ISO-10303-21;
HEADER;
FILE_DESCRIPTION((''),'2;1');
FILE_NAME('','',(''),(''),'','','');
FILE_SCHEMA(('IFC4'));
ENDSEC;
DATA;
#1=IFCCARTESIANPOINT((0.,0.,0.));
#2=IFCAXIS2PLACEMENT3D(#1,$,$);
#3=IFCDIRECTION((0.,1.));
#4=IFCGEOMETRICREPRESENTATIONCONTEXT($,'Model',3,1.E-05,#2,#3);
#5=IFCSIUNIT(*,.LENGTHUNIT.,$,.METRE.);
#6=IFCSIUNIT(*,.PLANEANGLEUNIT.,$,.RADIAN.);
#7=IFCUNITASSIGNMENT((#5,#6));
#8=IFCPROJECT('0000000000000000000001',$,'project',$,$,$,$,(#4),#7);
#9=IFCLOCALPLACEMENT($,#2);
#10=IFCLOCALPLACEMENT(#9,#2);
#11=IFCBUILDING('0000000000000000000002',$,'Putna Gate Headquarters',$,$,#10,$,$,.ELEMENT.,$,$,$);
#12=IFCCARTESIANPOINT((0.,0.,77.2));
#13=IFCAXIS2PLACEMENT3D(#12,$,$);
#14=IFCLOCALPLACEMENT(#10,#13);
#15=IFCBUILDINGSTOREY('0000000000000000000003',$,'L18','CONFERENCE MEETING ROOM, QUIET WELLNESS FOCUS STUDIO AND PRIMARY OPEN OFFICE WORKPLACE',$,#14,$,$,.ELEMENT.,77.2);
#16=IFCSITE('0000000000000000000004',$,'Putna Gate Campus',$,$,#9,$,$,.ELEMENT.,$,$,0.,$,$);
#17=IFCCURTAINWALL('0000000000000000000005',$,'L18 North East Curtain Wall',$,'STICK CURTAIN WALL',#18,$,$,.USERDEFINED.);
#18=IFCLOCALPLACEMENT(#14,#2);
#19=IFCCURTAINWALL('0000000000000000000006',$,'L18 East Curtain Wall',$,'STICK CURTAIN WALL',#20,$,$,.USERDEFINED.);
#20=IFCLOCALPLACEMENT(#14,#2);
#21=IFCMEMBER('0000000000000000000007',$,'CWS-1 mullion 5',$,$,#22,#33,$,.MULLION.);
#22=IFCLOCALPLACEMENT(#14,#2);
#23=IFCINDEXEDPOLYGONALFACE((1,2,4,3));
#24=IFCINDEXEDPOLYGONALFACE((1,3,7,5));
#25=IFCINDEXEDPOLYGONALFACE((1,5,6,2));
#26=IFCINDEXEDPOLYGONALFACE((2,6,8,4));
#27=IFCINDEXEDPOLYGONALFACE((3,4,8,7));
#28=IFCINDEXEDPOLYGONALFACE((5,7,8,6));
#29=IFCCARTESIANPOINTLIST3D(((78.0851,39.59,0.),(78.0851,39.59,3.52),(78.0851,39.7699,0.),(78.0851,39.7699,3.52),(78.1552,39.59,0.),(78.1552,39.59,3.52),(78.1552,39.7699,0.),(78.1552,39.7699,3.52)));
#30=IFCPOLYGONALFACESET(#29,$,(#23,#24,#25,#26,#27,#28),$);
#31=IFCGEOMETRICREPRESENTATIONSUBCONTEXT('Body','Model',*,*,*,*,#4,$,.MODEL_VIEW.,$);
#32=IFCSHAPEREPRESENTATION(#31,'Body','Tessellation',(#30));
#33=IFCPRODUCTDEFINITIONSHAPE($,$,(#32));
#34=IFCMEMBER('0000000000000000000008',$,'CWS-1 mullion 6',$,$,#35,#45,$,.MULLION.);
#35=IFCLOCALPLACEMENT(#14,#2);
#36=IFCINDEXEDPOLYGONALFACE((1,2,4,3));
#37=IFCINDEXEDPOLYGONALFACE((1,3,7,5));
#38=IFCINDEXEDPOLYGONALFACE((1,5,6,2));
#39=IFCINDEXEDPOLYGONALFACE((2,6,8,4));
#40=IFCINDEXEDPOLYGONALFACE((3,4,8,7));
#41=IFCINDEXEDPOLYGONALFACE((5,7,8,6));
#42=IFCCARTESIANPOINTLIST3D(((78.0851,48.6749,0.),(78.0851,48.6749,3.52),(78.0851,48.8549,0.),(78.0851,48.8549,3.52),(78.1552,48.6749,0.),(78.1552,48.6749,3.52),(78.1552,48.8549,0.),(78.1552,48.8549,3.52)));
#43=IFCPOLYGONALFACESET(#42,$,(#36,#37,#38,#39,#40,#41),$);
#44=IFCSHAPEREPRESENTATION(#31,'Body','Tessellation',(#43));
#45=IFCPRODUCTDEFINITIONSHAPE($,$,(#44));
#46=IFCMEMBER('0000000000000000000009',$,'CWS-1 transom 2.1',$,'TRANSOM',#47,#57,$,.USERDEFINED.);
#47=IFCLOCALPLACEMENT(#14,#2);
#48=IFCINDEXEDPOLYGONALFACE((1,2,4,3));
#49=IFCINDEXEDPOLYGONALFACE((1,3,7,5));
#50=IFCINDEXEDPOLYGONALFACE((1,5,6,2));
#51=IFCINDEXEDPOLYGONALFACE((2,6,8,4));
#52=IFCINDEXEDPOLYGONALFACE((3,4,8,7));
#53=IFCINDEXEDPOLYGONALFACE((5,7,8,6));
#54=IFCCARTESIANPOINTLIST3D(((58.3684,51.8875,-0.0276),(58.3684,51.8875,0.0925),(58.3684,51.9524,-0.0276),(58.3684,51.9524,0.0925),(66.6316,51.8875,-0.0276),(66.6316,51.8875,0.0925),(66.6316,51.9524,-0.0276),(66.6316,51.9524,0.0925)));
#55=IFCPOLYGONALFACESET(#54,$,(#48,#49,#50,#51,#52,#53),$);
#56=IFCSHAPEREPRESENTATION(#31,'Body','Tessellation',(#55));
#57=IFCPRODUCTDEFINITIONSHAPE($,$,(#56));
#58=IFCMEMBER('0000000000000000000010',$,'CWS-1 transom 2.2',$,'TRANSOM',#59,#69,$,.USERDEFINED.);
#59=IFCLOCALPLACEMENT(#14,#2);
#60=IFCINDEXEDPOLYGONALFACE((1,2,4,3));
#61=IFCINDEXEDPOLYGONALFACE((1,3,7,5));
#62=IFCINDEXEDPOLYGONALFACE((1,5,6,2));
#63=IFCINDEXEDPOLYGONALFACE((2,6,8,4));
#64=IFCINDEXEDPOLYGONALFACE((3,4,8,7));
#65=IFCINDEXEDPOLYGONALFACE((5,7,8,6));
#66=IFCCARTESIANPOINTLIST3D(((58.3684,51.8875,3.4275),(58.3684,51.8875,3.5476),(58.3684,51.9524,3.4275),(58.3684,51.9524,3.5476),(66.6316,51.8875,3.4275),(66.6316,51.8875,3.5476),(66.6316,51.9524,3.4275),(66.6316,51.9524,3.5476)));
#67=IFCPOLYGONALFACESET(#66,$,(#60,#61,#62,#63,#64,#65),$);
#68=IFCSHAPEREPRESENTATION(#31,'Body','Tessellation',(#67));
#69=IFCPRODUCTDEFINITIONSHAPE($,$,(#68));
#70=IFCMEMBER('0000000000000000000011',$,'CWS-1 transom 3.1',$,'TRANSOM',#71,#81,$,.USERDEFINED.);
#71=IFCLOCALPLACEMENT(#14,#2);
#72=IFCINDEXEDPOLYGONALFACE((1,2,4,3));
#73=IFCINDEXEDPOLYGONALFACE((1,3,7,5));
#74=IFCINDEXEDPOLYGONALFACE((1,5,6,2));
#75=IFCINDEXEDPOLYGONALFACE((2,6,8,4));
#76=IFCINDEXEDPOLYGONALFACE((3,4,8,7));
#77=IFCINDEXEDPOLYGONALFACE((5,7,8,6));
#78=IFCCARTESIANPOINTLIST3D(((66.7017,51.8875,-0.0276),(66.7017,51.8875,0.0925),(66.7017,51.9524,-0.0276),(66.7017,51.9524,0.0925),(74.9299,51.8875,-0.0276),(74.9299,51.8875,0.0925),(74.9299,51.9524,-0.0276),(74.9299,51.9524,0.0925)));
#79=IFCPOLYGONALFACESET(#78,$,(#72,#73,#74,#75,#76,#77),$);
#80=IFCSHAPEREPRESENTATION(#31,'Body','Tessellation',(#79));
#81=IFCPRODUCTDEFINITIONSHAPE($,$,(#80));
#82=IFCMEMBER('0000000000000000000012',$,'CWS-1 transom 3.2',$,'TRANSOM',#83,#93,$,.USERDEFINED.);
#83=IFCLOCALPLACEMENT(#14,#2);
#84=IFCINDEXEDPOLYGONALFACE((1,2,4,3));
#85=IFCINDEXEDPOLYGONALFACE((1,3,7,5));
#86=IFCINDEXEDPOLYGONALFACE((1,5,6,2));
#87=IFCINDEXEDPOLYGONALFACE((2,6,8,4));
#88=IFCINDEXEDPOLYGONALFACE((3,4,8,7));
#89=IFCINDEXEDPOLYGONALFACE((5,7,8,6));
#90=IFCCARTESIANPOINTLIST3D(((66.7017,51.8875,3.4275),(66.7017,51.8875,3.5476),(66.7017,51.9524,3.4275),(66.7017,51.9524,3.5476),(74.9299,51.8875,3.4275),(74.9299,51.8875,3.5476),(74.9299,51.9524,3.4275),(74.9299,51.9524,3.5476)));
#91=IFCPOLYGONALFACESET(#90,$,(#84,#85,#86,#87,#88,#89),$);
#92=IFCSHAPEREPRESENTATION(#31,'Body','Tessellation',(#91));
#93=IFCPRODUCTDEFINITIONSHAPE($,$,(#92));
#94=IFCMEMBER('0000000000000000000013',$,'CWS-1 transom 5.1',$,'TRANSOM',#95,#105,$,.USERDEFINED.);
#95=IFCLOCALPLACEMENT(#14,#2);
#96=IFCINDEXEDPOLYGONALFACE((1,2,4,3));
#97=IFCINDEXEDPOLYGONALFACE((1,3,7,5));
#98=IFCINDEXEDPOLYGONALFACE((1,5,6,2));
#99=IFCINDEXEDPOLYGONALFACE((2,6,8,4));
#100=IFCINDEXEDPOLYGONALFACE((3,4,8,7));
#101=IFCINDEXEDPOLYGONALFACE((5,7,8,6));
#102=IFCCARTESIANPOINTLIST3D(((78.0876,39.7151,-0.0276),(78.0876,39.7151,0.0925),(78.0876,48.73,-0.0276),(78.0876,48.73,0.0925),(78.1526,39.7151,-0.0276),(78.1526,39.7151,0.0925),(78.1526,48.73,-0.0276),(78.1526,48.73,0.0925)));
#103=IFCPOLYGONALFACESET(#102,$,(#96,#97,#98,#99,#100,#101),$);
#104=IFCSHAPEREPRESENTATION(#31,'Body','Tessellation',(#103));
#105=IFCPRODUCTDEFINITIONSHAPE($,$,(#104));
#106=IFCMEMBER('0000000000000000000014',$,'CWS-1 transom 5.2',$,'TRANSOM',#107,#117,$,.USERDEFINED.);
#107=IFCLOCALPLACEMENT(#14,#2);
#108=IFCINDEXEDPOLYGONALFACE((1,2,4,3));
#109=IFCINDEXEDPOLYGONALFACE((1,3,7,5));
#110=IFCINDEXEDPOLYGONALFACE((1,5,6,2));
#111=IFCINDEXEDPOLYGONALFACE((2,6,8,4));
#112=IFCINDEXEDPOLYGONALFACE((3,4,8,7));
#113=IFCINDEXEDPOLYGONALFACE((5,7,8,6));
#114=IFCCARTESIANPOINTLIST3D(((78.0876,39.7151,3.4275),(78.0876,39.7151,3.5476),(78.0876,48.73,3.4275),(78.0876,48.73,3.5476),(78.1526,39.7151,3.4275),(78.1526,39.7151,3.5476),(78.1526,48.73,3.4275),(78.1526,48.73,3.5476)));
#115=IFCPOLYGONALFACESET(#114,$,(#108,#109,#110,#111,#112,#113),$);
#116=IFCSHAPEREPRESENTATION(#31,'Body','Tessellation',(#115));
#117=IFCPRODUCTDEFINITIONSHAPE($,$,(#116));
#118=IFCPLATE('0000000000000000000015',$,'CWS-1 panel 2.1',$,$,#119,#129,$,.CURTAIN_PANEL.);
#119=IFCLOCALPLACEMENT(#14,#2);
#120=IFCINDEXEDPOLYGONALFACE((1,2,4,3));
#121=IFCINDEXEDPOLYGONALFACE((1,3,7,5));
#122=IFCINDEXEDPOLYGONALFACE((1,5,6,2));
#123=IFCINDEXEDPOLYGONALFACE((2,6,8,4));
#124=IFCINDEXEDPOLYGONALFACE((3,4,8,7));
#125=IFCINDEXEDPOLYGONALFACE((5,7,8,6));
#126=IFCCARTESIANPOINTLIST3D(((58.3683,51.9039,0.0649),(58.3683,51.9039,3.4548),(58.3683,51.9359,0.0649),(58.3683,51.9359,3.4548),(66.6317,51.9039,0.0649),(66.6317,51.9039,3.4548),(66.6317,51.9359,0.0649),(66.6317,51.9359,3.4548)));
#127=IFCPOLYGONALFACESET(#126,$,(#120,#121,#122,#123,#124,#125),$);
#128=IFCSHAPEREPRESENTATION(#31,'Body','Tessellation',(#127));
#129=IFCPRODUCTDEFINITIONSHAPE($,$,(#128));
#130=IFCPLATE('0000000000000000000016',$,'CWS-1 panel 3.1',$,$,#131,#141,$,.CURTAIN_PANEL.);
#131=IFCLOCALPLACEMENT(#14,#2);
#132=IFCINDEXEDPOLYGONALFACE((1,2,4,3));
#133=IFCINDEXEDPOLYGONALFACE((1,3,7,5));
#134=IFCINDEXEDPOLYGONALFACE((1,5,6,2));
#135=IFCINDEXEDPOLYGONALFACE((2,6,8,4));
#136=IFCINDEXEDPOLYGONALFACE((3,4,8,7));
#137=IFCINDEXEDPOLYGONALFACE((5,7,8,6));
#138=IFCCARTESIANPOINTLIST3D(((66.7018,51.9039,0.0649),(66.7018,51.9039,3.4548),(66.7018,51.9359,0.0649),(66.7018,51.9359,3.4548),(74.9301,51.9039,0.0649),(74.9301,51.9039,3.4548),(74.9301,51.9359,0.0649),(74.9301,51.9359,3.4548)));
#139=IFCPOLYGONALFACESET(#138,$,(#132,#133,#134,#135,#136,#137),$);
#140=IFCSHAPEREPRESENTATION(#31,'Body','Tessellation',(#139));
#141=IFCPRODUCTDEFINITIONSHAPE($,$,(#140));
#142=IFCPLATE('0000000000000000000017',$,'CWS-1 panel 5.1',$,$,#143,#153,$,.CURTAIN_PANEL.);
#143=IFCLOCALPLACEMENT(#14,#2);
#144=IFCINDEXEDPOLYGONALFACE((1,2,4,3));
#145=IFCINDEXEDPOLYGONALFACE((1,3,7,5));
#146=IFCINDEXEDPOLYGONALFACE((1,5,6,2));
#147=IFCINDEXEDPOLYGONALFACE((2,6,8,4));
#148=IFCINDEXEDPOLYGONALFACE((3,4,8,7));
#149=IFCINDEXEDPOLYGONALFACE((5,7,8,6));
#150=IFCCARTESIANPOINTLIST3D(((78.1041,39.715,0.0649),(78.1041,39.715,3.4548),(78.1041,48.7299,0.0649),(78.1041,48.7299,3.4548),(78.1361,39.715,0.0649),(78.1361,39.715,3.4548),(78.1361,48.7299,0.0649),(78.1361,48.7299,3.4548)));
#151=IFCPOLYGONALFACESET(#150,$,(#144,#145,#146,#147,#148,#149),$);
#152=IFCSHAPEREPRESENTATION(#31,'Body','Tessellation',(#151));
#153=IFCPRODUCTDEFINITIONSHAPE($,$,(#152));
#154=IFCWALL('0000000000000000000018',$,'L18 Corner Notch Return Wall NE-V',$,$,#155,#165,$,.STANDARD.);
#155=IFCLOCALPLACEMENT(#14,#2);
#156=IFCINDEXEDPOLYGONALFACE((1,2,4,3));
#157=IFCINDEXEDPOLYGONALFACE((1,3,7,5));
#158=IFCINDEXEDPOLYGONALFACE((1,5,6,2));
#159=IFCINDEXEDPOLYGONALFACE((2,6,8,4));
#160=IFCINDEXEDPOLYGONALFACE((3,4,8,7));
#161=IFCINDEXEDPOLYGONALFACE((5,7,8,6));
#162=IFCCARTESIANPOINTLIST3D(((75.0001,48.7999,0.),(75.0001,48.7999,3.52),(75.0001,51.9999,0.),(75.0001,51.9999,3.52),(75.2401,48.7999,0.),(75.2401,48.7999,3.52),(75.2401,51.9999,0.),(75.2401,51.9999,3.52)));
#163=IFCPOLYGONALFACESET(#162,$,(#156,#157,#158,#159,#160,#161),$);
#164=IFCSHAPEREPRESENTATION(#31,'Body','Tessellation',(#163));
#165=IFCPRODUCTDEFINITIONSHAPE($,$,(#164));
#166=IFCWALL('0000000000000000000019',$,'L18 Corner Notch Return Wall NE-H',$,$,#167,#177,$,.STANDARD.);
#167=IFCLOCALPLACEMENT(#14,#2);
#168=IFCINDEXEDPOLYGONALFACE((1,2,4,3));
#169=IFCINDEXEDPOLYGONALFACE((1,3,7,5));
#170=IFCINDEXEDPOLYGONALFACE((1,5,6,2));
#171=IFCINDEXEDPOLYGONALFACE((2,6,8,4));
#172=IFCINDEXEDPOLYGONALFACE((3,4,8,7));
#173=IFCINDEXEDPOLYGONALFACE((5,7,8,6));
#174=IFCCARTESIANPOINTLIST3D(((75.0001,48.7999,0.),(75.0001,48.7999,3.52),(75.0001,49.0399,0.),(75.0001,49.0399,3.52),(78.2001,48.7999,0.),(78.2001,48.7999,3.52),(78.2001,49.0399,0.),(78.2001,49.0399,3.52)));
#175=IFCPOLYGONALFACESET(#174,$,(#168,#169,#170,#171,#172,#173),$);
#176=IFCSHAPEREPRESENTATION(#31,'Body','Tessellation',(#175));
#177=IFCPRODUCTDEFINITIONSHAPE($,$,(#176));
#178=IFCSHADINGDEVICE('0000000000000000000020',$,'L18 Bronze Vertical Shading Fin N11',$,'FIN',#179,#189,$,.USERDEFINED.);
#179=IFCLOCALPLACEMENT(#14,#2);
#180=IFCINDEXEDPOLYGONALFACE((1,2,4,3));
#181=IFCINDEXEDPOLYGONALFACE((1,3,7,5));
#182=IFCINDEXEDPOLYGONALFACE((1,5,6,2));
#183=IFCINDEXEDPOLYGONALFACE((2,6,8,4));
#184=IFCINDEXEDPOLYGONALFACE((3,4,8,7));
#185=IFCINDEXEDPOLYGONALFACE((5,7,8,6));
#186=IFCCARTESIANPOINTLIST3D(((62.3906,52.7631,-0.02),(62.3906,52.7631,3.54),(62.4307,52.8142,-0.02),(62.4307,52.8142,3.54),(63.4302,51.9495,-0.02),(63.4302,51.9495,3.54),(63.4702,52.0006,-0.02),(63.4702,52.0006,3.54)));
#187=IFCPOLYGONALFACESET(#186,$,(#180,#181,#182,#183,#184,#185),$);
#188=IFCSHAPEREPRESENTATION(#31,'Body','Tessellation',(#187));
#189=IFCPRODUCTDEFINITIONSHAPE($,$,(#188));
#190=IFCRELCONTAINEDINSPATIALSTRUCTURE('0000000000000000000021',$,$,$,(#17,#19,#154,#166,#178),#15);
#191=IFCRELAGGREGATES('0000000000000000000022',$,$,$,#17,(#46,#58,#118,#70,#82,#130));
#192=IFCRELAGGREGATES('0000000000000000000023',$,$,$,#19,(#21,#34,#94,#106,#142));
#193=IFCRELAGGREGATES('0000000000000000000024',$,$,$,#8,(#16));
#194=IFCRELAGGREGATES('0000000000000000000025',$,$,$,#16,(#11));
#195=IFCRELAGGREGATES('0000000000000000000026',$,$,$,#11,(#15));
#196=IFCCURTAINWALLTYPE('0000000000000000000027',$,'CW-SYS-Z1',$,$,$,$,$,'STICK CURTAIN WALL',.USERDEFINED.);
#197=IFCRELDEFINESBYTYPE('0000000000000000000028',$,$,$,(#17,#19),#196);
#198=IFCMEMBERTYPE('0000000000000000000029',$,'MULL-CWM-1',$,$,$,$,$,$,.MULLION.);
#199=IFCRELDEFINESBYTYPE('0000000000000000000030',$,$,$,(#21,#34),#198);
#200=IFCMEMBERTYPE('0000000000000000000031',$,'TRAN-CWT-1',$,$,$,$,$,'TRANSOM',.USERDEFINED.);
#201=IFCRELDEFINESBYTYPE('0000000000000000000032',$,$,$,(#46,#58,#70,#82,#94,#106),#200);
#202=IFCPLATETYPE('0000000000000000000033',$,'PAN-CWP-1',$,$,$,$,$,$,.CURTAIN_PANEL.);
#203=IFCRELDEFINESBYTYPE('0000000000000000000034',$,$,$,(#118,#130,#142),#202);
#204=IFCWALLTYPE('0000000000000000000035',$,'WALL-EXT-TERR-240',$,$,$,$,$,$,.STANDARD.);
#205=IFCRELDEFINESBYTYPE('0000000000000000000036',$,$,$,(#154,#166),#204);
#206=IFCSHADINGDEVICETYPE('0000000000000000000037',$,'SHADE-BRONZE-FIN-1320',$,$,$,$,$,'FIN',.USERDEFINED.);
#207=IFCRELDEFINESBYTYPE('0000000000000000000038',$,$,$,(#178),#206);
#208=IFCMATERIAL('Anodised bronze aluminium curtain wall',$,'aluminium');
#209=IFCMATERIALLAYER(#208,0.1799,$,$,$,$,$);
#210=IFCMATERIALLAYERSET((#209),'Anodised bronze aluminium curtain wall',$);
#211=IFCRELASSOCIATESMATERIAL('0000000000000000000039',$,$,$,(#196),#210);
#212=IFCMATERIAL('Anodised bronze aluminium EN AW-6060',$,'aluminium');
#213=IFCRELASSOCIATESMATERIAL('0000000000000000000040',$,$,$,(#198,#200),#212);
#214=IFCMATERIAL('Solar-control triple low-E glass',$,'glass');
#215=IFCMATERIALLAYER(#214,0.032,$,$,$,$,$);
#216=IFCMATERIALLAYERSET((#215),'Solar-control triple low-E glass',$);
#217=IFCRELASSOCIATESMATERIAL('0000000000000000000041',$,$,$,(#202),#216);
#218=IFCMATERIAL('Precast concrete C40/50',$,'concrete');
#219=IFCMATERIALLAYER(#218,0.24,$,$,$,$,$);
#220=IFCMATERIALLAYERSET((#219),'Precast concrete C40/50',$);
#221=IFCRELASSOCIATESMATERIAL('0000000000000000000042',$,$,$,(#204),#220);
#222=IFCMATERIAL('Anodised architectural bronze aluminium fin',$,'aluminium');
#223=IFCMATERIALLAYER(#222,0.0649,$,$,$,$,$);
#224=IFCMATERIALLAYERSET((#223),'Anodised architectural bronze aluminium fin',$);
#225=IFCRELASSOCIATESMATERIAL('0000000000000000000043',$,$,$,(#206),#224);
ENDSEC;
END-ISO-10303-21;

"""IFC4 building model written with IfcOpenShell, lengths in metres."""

from ifc_helpers import new_model, si_unit, direction, frame, frame_2d, origin, origin_2d, place, context, subcontext, project, spatial, rectangle, extrude, material, layer, layer_set, material_profile, profile_set, type_object, element, aggregate, save


model = new_model("IFC4")

# Units and contexts
model_context = context("Model", 3, precision=1e-05, world=origin(), true_north=direction((0.0, 1.0)))
body_context = subcontext(model_context, "Body", "Model", "MODEL_VIEW")
ifc_project = project(units=[si_unit("LENGTHUNIT", "METRE"), si_unit("PLANEANGLEUNIT", "RADIAN")], contexts=[model_context])

# Site, building, storey
site_placement = place(None, origin())
site = spatial("IfcSite", under=ifc_project, at=site_placement, Name="Putna Gate Campus", CompositionType="ELEMENT", RefElevation=0.0)
building_placement = place(site_placement, origin())
building = spatial("IfcBuilding", under=site, at=building_placement, Name="Putna Gate Headquarters", CompositionType="ELEMENT")
storey_placement = place(building_placement, frame((0.0, 0.0, 77.2)))
storey = spatial("IfcBuildingStorey", under=building, at=storey_placement, Name="L18", Description="CONFERENCE MEETING ROOM, QUIET WELLNESS FOCUS STUDIO AND PRIMARY OPEN OFFICE WORKPLACE", CompositionType="ELEMENT", Elevation=77.2)

# Curtain walls, members
ifc_material_1 = material(Name="Anodised bronze aluminium curtain wall", Category="aluminium")
ifc_layer_1 = layer(ifc_material_1, 0.1799)
ifc_layer_set_1 = layer_set([ifc_layer_1], Name="Anodised bronze aluminium curtain wall")
curtain_wall_type = type_object("IfcCurtainWallType", Name="CW-SYS-Z1", ElementType="STICK CURTAIN WALL", PredefinedType="USERDEFINED", material=ifc_layer_set_1)
curtain_wall_1_placement = place(storey_placement, origin())
curtain_wall_1 = element("IfcCurtainWall", 1, at=curtain_wall_1_placement, inside=storey, type_object=curtain_wall_type, Name="L18 North East Curtain Wall", ObjectType="STICK CURTAIN WALL", PredefinedType="USERDEFINED")
ifc_material_2 = material(Name="Anodised bronze aluminium EN AW-6060", Category="aluminium")
ifc_material_profile_1 = material_profile(ifc_material_2, rectangle(XDim=0.0701, YDim=0.1799, at=origin_2d()), Name="Anodised bronze aluminium EN AW-6060")
ifc_profile_set_1 = profile_set([ifc_material_profile_1], Name="Anodised bronze aluminium EN AW-6060")
member_type_1 = type_object("IfcMemberType", Name="MULL-CWM-1", PredefinedType="MULLION", material=ifc_profile_set_1)
curtain_wall_2_placement = place(storey_placement, origin())
curtain_wall_2 = element("IfcCurtainWall", 2, at=curtain_wall_2_placement, inside=storey, type_object=curtain_wall_type, Name="L18 East Curtain Wall", ObjectType="STICK CURTAIN WALL", PredefinedType="USERDEFINED")
member_1_placement = place(storey_placement, frame((78.1201, 39.6799, 0.0), z_axis=(0.0, 0.0, 1.0), x_axis=(-1.0, 0.0, 0.0)))
member_1 = element("IfcMember", 3, at=member_1_placement, type_object=member_type_1, Name="CWS-1 mullion 5", PredefinedType="MULLION", context=body_context, shape_type="SweptSolid", body=[
    extrude(rectangle(XDim=0.0701, YDim=0.1799, at=origin_2d()), origin(), (0.0, 0.0, 1.0), 3.52),
])
member_2_placement = place(storey_placement, frame((78.1201, 48.7649, 0.0), z_axis=(0.0, 0.0, 1.0), x_axis=(-1.0, 0.0, 0.0)))
member_2 = element("IfcMember", 4, at=member_2_placement, type_object=member_type_1, Name="CWS-1 mullion 6", PredefinedType="MULLION", context=body_context, shape_type="SweptSolid", body=[
    extrude(rectangle(XDim=0.0701, YDim=0.1799, at=origin_2d()), origin(), (0.0, 0.0, 1.0), 3.52),
])

# Members
ifc_material_profile_2 = material_profile(ifc_material_2, rectangle(XDim=0.0649, YDim=0.1201, at=origin_2d()), Name="Anodised bronze aluminium EN AW-6060")
ifc_profile_set_2 = profile_set([ifc_material_profile_2], Name="Anodised bronze aluminium EN AW-6060")
member_type_2 = type_object("IfcMemberType", Name="TRAN-CWT-1", ElementType="TRANSOM", PredefinedType="USERDEFINED", material=ifc_profile_set_2)
member_3_placement = place(storey_placement, frame((58.3684, 51.9199, 0.0325), z_axis=(1.0, 0.0, 0.0), x_axis=(0.0, 1.0, 0.0)))
member_3 = element("IfcMember", 5, at=member_3_placement, type_object=member_type_2, Name="CWS-1 transom 2.1", ObjectType="TRANSOM", PredefinedType="USERDEFINED", context=body_context, shape_type="SweptSolid", body=[
    extrude(rectangle(XDim=0.0649, YDim=0.1201, at=origin_2d()), origin(), (0.0, 0.0, 1.0), 8.2632),
])
member_4_placement = place(storey_placement, frame((58.3684, 51.9199, 3.4875), z_axis=(1.0, 0.0, 0.0), x_axis=(0.0, 1.0, 0.0)))
member_4 = element("IfcMember", 6, at=member_4_placement, type_object=member_type_2, Name="CWS-1 transom 2.2", ObjectType="TRANSOM", PredefinedType="USERDEFINED", context=body_context, shape_type="SweptSolid", body=[
    extrude(rectangle(XDim=0.0649, YDim=0.1201, at=origin_2d()), origin(), (0.0, 0.0, 1.0), 8.2632),
])
member_5_placement = place(storey_placement, frame((66.7017, 51.9199, 0.0325), z_axis=(1.0, 0.0, 0.0), x_axis=(0.0, 1.0, 0.0)))
member_5 = element("IfcMember", 7, at=member_5_placement, type_object=member_type_2, Name="CWS-1 transom 3.1", ObjectType="TRANSOM", PredefinedType="USERDEFINED", context=body_context, shape_type="SweptSolid", body=[
    extrude(rectangle(XDim=0.0649, YDim=0.1201, at=origin_2d()), origin(), (0.0, 0.0, 1.0), 8.2283),
])
member_6_placement = place(storey_placement, frame((66.7017, 51.9199, 3.4875), z_axis=(1.0, 0.0, 0.0), x_axis=(0.0, 1.0, 0.0)))
member_6 = element("IfcMember", 8, at=member_6_placement, type_object=member_type_2, Name="CWS-1 transom 3.2", ObjectType="TRANSOM", PredefinedType="USERDEFINED", context=body_context, shape_type="SweptSolid", body=[
    extrude(rectangle(XDim=0.0649, YDim=0.1201, at=origin_2d()), origin(), (0.0, 0.0, 1.0), 8.2283),
])
member_7_placement = place(storey_placement, frame((78.1201, 39.7151, 0.0325), z_axis=(0.0, 1.0, 0.0), x_axis=(-1.0, 0.0, 0.0)))
member_7 = element("IfcMember", 9, at=member_7_placement, type_object=member_type_2, Name="CWS-1 transom 5.1", ObjectType="TRANSOM", PredefinedType="USERDEFINED", context=body_context, shape_type="SweptSolid", body=[
    extrude(rectangle(XDim=0.0649, YDim=0.1201, at=origin_2d()), origin(), (0.0, 0.0, 1.0), 9.0149),
])
member_8_placement = place(storey_placement, frame((78.1201, 39.7151, 3.4875), z_axis=(0.0, 1.0, 0.0), x_axis=(-1.0, 0.0, 0.0)))
member_8 = element("IfcMember", 10, at=member_8_placement, type_object=member_type_2, Name="CWS-1 transom 5.2", ObjectType="TRANSOM", PredefinedType="USERDEFINED", context=body_context, shape_type="SweptSolid", body=[
    extrude(rectangle(XDim=0.0649, YDim=0.1201, at=origin_2d()), origin(), (0.0, 0.0, 1.0), 9.0149),
])

# Plates
ifc_material_3 = material(Name="Solar-control triple low-E glass", Category="glass")
ifc_layer_2 = layer(ifc_material_3, 0.032)
ifc_layer_set_2 = layer_set([ifc_layer_2], Name="Solar-control triple low-E glass")
plate_type = type_object("IfcPlateType", Name="PAN-CWP-1", PredefinedType="CURTAIN_PANEL", material=ifc_layer_set_2)
plate_1_placement = place(storey_placement, frame((62.5, 51.9199, 0.0649), z_axis=(0.0, 0.0, 1.0), x_axis=(1.0, 0.0, 0.0)))
plate_1 = element("IfcPlate", 11, at=plate_1_placement, type_object=plate_type, Name="CWS-1 panel 2.1", PredefinedType="CURTAIN_PANEL", context=body_context, shape_type="SweptSolid", body=[
    extrude(rectangle(XDim=8.2634, YDim=0.032, at=origin_2d()), origin(), (0.0, 0.0, 1.0), 3.3899),
])
plate_2_placement = place(storey_placement, frame((70.8159, 51.9199, 0.0649), z_axis=(0.0, 0.0, 1.0), x_axis=(1.0, 0.0, 0.0)))
plate_2 = element("IfcPlate", 12, at=plate_2_placement, type_object=plate_type, Name="CWS-1 panel 3.1", PredefinedType="CURTAIN_PANEL", context=body_context, shape_type="SweptSolid", body=[
    extrude(rectangle(XDim=8.2283, YDim=0.032, at=origin_2d()), origin(), (0.0, 0.0, 1.0), 3.3899),
])
aggregate(curtain_wall_1, [member_3, member_4, plate_1, member_5, member_6, plate_2])
plate_3_placement = place(storey_placement, frame((78.1201, 44.2224, 0.0649), z_axis=(0.0, 0.0, 1.0), x_axis=(0.0, 1.0, 0.0)))
plate_3 = element("IfcPlate", 13, at=plate_3_placement, type_object=plate_type, Name="CWS-1 panel 5.1", PredefinedType="CURTAIN_PANEL", context=body_context, shape_type="SweptSolid", body=[
    extrude(rectangle(XDim=9.0149, YDim=0.032, at=origin_2d()), origin(), (0.0, 0.0, 1.0), 3.3899),
])
aggregate(curtain_wall_2, [member_1, member_2, member_7, member_8, plate_3])

# Walls
ifc_material_4 = material(Name="Precast concrete C40/50", Category="concrete")
ifc_layer_3 = layer(ifc_material_4, 0.24)
ifc_layer_set_3 = layer_set([ifc_layer_3], Name="Precast concrete C40/50")
wall_type = type_object("IfcWallType", Name="WALL-EXT-TERR-240", PredefinedType="STANDARD", material=ifc_layer_set_3)
for number, where, z_axis, x_axis, name in (
    (14, (75.1201, 52.0, 0.0), (0.0, 0.0, 1.0), (0.0, -1.0, 0.0), "L18 Corner Notch Return Wall NE-V"),
    (15, (75.0, 48.9199, 0.0), (0.0, 0.0, 1.0), (1.0, 0.0, 0.0), "L18 Corner Notch Return Wall NE-H"),
):
    element("IfcWall", number, at=place(storey_placement, frame(where, z_axis=z_axis, x_axis=x_axis)), inside=storey, type_object=wall_type, Name=name, PredefinedType="STANDARD", context=body_context, shape_type="SweptSolid", body=[
        extrude(rectangle(XDim=3.2, YDim=0.24, at=frame_2d((1.6001, 0.0))), origin(), (0.0, 0.0, 1.0), 3.52),
    ])

# Shading device
ifc_material_5 = material(Name="Anodised architectural bronze aluminium fin", Category="aluminium")
ifc_layer_4 = layer(ifc_material_5, 0.0649)
ifc_layer_set_4 = layer_set([ifc_layer_4], Name="Anodised architectural bronze aluminium fin")
shading_device_type = type_object("IfcShadingDeviceType", Name="SHADE-BRONZE-FIN-1320", ElementType="FIN", PredefinedType="USERDEFINED", material=ifc_layer_set_4)
for number, where, z_axis, x_axis, name in (
    (16, (62.9304, 52.3818, -0.02), (0.0, 0.0, 1.0), (-0.787473, 0.616349, 0.0), "L18 Bronze Vertical Shading Fin N11"),
):
    element("IfcShadingDevice", number, at=place(storey_placement, frame(where, z_axis=z_axis, x_axis=x_axis)), inside=storey, type_object=shading_device_type, Name=name, ObjectType="FIN", PredefinedType="USERDEFINED", context=body_context, shape_type="SweptSolid", body=[
        extrude(rectangle(XDim=1.3201, YDim=0.0649, at=origin_2d()), origin(), (0.0, 0.0, 1.0), 3.5601),
    ])

save(model, "model.ifc")
